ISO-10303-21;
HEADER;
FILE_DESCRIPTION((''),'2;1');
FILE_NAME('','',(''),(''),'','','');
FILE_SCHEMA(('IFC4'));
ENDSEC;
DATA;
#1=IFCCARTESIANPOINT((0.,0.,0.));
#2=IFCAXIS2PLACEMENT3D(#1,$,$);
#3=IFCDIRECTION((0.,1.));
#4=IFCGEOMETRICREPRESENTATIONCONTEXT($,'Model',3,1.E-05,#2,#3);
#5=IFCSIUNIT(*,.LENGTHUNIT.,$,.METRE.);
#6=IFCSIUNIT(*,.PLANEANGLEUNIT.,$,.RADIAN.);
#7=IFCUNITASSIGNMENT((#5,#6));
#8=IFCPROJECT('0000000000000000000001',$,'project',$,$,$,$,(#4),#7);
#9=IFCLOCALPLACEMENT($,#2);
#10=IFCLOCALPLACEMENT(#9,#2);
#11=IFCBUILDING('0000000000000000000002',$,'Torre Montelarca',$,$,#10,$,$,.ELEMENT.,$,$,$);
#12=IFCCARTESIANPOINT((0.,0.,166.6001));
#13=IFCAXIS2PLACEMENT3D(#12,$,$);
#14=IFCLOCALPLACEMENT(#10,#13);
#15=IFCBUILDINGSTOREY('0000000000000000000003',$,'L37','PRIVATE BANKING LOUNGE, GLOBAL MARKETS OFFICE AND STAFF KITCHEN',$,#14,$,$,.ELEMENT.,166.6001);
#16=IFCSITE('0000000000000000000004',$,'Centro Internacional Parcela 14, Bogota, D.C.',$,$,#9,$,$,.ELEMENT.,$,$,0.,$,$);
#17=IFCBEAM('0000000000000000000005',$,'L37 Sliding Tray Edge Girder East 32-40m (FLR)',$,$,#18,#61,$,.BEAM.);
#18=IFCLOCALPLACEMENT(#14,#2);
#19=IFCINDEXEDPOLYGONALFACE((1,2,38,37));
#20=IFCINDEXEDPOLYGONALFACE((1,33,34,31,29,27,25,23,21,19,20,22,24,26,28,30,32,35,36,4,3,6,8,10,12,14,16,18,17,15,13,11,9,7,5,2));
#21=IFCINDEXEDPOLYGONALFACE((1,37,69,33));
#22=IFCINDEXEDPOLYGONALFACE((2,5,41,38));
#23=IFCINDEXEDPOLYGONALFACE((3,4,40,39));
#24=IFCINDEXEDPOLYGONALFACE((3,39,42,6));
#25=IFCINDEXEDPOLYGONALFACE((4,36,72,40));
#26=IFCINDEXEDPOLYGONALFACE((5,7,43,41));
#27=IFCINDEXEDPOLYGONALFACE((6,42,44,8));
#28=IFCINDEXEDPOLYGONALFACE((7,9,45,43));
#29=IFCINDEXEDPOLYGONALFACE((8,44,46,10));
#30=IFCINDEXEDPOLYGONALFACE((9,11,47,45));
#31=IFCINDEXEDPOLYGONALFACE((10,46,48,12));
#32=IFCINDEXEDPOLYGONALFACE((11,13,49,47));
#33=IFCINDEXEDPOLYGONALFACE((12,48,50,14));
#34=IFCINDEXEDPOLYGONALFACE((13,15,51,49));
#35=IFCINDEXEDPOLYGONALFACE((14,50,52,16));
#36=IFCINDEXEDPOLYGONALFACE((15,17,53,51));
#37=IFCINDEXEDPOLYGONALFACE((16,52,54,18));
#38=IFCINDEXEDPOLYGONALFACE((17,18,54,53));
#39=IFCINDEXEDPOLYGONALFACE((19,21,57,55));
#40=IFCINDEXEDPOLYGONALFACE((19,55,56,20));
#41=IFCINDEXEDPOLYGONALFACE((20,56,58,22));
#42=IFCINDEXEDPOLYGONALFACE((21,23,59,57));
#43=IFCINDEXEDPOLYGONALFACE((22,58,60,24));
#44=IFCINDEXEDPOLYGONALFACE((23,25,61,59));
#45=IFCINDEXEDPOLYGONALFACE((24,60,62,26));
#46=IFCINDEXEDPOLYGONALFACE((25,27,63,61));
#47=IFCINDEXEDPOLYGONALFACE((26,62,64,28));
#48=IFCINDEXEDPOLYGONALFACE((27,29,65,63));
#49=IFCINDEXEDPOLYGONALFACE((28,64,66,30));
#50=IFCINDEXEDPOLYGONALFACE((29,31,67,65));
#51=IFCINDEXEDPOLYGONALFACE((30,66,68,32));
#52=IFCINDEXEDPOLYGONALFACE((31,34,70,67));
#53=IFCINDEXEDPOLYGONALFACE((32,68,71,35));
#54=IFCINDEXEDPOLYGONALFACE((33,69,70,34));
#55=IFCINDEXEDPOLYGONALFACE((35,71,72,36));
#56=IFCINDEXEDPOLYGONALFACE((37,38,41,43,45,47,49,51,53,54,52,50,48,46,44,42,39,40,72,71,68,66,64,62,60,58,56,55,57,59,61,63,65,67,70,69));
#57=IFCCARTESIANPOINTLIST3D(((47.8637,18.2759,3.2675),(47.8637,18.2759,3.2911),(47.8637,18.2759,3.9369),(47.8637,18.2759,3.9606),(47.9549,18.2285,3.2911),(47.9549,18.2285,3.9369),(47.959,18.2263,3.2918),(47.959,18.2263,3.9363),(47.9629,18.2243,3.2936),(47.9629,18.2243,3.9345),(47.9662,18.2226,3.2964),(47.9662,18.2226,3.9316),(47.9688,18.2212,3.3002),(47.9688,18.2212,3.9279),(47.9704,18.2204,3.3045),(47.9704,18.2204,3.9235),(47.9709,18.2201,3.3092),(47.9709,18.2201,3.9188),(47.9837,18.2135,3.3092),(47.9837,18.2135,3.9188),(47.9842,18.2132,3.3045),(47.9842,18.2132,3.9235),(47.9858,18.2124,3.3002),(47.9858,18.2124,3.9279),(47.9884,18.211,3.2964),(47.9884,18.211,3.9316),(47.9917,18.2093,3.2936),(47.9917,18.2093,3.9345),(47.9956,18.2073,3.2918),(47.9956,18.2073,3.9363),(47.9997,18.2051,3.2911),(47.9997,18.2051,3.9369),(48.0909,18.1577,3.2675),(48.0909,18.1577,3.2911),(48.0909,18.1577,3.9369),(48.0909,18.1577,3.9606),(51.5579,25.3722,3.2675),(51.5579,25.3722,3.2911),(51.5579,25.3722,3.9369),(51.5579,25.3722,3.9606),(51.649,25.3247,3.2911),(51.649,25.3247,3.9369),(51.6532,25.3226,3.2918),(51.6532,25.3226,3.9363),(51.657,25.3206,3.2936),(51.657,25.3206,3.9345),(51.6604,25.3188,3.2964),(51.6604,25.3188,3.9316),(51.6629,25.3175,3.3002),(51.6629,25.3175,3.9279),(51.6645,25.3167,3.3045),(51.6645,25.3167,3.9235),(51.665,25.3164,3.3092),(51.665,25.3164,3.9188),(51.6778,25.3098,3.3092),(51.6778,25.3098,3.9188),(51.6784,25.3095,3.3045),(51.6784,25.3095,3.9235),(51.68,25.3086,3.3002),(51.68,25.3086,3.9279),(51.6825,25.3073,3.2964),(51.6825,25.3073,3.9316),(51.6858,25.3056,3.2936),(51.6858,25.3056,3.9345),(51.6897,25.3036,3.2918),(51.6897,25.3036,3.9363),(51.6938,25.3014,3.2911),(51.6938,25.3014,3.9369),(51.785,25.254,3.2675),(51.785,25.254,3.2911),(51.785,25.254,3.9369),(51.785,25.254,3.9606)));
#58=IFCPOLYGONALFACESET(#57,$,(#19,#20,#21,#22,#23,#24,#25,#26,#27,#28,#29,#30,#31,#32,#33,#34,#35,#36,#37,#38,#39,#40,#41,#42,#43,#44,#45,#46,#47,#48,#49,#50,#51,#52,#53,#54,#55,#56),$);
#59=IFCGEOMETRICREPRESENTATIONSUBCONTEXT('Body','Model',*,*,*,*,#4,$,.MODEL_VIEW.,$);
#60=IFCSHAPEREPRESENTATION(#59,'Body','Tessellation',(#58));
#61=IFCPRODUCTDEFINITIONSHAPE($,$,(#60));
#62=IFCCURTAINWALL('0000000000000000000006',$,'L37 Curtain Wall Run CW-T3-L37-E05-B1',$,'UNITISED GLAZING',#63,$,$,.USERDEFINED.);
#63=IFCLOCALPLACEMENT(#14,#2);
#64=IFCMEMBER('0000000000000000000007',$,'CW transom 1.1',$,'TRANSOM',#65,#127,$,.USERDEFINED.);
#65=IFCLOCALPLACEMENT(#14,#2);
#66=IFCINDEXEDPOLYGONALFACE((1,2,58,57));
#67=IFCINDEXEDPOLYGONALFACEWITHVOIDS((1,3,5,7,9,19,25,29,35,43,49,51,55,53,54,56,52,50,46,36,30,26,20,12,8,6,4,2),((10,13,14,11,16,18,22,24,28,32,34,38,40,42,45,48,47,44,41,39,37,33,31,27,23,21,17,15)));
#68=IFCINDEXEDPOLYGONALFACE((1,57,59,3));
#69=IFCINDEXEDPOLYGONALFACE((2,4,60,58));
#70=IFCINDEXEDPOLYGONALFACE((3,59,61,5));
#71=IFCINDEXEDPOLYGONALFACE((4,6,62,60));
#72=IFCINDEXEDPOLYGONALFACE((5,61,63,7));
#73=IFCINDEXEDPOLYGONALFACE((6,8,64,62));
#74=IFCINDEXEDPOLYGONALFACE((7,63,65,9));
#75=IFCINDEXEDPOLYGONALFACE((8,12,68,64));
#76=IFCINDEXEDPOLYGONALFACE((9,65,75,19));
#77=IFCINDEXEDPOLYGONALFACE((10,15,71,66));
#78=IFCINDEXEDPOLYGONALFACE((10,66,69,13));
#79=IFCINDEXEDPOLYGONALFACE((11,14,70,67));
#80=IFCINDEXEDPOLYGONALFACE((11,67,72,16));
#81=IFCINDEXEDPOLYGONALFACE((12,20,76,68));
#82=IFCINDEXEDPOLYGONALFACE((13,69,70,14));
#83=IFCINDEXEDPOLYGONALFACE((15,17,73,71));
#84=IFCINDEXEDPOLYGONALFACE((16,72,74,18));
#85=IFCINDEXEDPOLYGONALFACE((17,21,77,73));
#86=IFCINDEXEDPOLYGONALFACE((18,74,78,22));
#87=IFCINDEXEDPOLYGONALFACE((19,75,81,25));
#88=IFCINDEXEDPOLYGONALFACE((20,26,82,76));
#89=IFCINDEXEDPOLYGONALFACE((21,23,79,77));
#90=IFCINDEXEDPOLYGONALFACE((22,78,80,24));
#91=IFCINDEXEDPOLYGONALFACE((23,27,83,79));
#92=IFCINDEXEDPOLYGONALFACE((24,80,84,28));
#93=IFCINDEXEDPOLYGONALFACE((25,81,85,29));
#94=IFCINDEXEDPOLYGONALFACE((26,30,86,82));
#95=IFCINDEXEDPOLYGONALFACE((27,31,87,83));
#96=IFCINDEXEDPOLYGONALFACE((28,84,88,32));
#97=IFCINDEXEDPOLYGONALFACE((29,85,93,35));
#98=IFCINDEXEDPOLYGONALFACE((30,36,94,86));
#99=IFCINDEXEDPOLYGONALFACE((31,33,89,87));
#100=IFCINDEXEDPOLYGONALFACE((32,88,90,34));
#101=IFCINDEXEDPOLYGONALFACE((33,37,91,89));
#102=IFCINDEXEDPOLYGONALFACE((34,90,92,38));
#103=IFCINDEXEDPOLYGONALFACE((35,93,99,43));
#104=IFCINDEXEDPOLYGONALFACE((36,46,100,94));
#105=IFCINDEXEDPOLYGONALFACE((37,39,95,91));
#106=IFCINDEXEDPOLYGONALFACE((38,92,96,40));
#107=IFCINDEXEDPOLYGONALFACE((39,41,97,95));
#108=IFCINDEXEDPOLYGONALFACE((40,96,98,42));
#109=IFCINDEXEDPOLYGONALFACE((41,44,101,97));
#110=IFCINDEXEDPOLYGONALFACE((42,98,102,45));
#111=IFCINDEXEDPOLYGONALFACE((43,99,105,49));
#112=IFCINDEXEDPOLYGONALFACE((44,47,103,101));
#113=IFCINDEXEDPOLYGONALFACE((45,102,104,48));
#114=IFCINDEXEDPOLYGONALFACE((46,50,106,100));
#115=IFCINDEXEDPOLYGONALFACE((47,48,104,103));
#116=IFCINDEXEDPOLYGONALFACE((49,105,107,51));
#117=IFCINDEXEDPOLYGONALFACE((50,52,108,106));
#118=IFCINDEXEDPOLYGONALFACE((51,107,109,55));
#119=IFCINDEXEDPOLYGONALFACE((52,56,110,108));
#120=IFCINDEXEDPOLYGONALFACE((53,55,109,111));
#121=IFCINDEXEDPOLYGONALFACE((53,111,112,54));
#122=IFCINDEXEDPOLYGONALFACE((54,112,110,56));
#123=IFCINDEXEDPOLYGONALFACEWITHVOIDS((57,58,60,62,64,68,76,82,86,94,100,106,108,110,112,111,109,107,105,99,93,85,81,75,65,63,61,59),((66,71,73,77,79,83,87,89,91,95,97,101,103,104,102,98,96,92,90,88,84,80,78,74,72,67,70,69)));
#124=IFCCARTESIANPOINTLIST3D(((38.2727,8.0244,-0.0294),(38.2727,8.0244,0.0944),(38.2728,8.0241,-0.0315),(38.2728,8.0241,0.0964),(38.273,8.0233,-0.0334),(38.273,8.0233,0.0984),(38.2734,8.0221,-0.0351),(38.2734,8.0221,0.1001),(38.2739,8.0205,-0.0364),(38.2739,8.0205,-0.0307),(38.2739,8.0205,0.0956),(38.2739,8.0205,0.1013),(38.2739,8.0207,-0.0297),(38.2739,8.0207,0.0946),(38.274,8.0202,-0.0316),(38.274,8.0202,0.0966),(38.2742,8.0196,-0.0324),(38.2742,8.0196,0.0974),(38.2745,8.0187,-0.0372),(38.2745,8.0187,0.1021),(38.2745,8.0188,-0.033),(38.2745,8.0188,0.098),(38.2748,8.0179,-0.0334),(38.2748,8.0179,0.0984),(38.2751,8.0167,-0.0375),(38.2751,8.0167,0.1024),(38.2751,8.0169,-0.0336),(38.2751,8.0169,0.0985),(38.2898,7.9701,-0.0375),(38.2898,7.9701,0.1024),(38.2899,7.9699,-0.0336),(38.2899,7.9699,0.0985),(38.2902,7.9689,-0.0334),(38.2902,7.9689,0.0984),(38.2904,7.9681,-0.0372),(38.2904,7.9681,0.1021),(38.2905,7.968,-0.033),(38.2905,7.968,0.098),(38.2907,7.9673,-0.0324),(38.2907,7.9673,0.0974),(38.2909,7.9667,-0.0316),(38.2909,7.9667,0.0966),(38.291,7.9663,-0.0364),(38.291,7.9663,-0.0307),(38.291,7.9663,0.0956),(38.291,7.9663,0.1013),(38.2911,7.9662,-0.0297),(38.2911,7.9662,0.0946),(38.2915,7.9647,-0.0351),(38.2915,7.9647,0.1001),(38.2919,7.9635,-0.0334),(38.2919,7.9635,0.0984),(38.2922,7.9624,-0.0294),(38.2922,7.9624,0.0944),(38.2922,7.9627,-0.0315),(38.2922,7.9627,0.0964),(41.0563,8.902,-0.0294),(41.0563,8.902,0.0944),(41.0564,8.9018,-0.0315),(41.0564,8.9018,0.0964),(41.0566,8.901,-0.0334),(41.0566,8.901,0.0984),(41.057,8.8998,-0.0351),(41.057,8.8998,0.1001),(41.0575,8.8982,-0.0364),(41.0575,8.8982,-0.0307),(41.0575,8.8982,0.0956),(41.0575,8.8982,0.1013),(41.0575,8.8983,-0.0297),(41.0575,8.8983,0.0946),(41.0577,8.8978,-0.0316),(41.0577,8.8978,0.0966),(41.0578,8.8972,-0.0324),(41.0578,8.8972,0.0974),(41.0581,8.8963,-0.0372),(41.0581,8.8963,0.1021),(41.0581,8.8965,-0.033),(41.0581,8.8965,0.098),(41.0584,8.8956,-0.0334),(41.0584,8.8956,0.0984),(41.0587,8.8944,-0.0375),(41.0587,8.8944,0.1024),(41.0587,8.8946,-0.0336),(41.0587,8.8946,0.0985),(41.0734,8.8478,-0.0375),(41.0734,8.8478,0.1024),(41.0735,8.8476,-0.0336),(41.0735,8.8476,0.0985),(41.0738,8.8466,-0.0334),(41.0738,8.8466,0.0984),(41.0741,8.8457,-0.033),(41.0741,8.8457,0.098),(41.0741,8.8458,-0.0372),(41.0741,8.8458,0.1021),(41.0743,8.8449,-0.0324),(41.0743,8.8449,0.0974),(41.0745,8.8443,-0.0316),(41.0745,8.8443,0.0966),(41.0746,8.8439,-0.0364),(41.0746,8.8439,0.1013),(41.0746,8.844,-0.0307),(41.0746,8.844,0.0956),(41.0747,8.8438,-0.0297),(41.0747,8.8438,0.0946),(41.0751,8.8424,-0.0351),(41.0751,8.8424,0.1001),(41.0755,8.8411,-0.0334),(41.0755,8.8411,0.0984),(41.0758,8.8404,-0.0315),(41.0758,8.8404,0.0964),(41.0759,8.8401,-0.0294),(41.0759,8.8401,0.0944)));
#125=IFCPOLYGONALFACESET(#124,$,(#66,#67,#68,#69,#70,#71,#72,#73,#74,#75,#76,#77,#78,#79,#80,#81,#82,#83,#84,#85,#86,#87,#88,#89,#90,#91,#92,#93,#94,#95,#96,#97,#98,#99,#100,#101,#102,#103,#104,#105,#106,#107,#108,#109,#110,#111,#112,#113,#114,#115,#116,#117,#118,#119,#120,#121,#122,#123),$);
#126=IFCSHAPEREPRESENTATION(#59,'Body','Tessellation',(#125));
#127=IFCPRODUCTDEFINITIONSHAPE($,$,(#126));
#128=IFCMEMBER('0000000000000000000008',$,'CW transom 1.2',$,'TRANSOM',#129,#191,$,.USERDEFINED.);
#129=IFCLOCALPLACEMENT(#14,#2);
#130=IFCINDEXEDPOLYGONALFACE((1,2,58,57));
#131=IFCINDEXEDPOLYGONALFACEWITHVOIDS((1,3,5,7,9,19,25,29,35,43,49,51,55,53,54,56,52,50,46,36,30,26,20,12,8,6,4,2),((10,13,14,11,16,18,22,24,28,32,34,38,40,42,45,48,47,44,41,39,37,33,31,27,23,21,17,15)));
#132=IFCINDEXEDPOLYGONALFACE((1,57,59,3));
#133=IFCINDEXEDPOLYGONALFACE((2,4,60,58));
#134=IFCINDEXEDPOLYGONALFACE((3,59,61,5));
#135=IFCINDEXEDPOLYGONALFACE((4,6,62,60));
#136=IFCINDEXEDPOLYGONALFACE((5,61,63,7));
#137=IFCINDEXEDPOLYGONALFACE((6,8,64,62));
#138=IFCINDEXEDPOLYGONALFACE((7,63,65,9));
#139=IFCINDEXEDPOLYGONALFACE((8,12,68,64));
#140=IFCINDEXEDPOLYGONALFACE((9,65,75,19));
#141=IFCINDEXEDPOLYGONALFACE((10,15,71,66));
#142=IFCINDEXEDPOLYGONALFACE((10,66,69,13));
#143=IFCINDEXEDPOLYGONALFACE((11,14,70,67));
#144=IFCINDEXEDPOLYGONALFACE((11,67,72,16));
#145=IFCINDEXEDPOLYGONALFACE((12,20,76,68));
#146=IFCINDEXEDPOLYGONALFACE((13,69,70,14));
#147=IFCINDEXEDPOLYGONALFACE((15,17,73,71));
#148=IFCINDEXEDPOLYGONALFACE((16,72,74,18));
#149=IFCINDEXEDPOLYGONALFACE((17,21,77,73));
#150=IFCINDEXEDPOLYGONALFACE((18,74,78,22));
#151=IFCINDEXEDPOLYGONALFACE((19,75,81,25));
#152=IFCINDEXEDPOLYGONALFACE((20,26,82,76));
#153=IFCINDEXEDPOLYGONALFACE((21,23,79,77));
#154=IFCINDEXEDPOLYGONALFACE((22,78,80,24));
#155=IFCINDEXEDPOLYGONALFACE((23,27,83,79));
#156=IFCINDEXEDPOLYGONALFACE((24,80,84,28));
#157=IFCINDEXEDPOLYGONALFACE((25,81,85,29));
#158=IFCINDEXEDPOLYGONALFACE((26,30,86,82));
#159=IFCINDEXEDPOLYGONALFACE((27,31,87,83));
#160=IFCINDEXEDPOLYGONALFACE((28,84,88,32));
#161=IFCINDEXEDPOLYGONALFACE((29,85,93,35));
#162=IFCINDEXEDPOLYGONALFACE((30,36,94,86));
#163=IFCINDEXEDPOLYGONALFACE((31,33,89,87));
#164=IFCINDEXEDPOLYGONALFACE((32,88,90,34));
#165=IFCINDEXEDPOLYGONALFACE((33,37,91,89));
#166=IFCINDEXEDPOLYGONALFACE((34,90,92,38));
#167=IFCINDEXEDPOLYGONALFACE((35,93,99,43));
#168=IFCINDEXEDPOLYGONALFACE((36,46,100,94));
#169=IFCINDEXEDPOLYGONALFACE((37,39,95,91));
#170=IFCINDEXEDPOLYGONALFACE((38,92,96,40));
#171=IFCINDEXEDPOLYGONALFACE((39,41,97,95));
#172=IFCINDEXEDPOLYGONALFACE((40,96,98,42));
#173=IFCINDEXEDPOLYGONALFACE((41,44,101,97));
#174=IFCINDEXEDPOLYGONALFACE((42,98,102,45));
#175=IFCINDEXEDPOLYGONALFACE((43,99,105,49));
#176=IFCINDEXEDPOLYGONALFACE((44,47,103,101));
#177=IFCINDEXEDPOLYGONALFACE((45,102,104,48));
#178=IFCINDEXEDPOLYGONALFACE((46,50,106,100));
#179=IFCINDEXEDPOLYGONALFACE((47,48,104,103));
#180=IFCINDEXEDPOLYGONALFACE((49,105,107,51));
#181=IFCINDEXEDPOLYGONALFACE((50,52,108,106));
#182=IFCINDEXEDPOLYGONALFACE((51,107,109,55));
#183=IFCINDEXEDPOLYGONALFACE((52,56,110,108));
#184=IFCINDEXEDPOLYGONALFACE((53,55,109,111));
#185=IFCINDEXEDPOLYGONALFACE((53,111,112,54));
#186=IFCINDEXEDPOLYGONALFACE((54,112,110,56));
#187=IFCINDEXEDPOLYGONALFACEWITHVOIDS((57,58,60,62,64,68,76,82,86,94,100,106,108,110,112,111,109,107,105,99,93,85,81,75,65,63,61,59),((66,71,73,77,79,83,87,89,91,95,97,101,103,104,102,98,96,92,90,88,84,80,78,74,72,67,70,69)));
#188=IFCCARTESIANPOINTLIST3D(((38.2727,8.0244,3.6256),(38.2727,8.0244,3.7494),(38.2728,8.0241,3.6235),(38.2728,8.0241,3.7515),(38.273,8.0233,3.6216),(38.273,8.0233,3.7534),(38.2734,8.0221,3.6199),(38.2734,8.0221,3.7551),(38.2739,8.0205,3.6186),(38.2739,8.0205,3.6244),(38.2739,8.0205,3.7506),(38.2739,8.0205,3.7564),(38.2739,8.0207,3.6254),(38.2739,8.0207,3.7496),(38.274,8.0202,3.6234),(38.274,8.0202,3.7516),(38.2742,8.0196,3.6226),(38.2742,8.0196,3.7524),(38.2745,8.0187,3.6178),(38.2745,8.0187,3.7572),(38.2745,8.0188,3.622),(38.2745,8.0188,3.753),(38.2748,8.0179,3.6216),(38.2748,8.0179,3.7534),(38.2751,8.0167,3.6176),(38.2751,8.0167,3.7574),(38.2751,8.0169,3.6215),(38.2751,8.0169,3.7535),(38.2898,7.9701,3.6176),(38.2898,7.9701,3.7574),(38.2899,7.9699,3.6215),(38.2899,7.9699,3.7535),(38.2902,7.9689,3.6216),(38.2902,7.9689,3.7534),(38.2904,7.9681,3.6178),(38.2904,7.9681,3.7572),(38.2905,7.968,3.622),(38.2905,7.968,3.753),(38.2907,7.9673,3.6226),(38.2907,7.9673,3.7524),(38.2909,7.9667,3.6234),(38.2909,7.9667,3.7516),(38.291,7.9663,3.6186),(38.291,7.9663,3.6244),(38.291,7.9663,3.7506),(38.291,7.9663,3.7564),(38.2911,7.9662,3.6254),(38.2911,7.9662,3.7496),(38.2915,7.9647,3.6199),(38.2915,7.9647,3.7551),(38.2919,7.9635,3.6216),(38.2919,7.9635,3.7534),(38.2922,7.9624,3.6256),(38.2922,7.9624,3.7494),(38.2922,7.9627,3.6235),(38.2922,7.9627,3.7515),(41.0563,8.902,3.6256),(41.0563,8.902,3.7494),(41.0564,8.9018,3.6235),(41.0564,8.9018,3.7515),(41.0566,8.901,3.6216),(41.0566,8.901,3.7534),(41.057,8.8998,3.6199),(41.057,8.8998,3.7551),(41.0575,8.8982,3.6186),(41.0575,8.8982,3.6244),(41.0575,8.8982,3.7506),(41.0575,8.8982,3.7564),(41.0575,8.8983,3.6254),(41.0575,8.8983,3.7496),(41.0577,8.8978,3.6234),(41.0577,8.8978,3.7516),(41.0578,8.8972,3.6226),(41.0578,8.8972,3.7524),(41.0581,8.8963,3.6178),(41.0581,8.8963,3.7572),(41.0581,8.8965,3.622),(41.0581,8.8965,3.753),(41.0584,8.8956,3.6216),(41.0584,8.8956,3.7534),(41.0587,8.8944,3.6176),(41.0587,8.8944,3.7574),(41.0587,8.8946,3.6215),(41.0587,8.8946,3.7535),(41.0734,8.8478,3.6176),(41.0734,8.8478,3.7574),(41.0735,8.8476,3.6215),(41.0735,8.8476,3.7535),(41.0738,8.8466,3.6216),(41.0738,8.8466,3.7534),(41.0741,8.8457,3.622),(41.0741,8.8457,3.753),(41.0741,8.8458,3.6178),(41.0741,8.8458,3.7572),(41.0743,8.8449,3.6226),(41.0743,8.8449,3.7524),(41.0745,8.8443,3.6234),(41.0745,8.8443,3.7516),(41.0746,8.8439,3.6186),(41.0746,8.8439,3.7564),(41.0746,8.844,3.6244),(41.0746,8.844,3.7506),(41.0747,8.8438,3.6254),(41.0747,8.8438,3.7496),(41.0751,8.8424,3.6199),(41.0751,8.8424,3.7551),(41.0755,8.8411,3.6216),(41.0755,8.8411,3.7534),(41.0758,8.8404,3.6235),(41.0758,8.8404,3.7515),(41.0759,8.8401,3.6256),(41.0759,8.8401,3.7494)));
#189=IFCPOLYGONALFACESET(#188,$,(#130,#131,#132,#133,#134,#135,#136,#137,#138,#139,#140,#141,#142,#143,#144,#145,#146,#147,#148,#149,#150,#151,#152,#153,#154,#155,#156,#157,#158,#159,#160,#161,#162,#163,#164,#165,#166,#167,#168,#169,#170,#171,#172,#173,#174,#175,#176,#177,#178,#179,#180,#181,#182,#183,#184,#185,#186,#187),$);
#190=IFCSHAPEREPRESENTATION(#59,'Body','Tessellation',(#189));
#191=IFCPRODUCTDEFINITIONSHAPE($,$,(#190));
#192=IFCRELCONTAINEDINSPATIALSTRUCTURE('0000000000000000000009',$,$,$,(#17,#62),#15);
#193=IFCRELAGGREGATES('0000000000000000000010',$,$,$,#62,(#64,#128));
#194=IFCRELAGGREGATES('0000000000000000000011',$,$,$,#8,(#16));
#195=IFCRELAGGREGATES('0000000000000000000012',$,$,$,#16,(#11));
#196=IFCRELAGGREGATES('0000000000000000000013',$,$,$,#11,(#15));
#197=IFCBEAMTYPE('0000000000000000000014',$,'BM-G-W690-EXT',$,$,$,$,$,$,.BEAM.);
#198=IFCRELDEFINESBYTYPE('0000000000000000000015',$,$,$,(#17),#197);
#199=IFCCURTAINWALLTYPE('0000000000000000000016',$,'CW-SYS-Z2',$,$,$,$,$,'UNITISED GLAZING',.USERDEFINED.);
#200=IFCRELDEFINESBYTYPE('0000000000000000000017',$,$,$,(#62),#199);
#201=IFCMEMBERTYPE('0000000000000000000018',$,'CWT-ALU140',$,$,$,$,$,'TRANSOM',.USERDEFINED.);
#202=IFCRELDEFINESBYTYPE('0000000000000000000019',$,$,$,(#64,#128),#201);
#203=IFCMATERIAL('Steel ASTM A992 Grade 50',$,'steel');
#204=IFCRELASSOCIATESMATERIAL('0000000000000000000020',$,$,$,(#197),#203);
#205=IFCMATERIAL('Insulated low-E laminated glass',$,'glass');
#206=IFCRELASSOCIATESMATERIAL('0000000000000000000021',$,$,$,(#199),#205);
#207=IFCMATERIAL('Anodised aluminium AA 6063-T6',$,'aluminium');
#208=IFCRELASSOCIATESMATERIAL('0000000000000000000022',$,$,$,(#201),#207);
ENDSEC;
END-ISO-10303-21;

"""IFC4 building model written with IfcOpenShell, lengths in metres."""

from ifc_helpers import new_model, si_unit, direction, frame, origin, origin_2d, place, context, subcontext, project, spatial, hollow_rectangle, i_section, extrude, source, transform, mapped, material, material_profile, profile_set, type_object, element, aggregate, save


model = new_model("IFC4")

# Units and contexts
model_context = context("Model", 3, precision=1e-05, world=origin(), true_north=direction((0.0, 1.0)))
body_context = subcontext(model_context, "Body", "Model", "MODEL_VIEW")
ifc_project = project(units=[si_unit("LENGTHUNIT", "METRE"), si_unit("PLANEANGLEUNIT", "RADIAN")], contexts=[model_context])

# Site, building, storey
site_placement = place(None, origin())
site = spatial("IfcSite", under=ifc_project, at=site_placement, Name="Centro Internacional Parcela 14, Bogota, D.C.", CompositionType="ELEMENT", RefElevation=0.0)
building_placement = place(site_placement, origin())
building = spatial("IfcBuilding", under=site, at=building_placement, Name="Torre Montelarca", CompositionType="ELEMENT")
storey_placement = place(building_placement, frame((0.0, 0.0, 166.6001)))
storey = spatial("IfcBuildingStorey", under=building, at=storey_placement, Name="L37", Description="PRIVATE BANKING LOUNGE, GLOBAL MARKETS OFFICE AND STAFF KITCHEN", CompositionType="ELEMENT", Elevation=166.6001)

# Beam
ifc_material_1 = material(Name="Steel ASTM A992 Grade 50", Category="steel")
ifc_material_profile_1 = material_profile(ifc_material_1, i_section(OverallWidth=0.2561, OverallDepth=0.6931, WebThickness=0.0144, FlangeThickness=0.0237, FilletRadius=0.0181, at=origin_2d()), Name="W690X170", Category="steel")
ifc_profile_set_1 = profile_set([ifc_material_profile_1], Name="Steel ASTM A992 Grade 50")
beam_type_1 = type_object("IfcBeamType", Name="BM-G-W690-EXT", PredefinedType="BEAM", material=ifc_profile_set_1)
shared_shape_1 = source(origin(), body_context, "Body", "SweptSolid", [
    extrude(i_section(OverallWidth=0.2561, OverallDepth=0.6931, WebThickness=0.0144, FlangeThickness=0.0237, FilletRadius=0.0181, at=origin_2d()), origin(), (0.0, 0.0, 1.0), 8.0002),
])
for number, where, z_axis, x_axis, name in (
    (1, (47.9773, 18.2168, 3.614), (0.461753, 0.887008, 0.0), (-0.887008, 0.461753, 0.0), "L37 Sliding Tray Edge Girder East 32-40m (FLR)"),
):
    element("IfcBeam", number, at=place(storey_placement, frame(where, z_axis=z_axis, x_axis=x_axis)), inside=storey, type_object=beam_type_1, Name=name, PredefinedType="BEAM", context=body_context, shape_type="MappedRepresentation", body=[
        mapped(shared_shape_1, transform((0.0, 0.0, 0.0), scale=1.0)),
    ])

# Curtain wall, members
ifc_material_2 = material(Name="Insulated low-E laminated glass", Category="glass")
curtain_wall_type = type_object("IfcCurtainWallType", Name="CW-SYS-Z2", ElementType="UNITISED GLAZING", PredefinedType="USERDEFINED", material=ifc_material_2)
curtain_wall_1_placement = place(storey_placement, origin())
curtain_wall_1 = element("IfcCurtainWall", 2, at=curtain_wall_1_placement, inside=storey, type_object=curtain_wall_type, Name="L37 Curtain Wall Run CW-T3-L37-E05-B1", ObjectType="UNITISED GLAZING", PredefinedType="USERDEFINED")
ifc_material_3 = material(Name="Anodised aluminium AA 6063-T6", Category="aluminium")
ifc_material_profile_2 = material_profile(ifc_material_3, hollow_rectangle(XDim=0.0649, YDim=0.1399, WallThickness=0.0039, InnerFilletRadius=0.0039, OuterFilletRadius=0.0081, at=origin_2d()), Name="ALU65X140X4", Category="aluminium")
ifc_profile_set_2 = profile_set([ifc_material_profile_2], Name="Anodised aluminium AA 6063-T6")
member_type_1 = type_object("IfcMemberType", Name="CWT-ALU140", ElementType="TRANSOM", PredefinedType="USERDEFINED", material=ifc_profile_set_2)
shared_shape_2 = source(origin(), body_context, "Body", "SweptSolid", [
    extrude(hollow_rectangle(XDim=0.0649, YDim=0.1399, WallThickness=0.0039, InnerFilletRadius=0.0039, OuterFilletRadius=0.0081, at=origin_2d()), origin(), (0.0, 0.0, 1.0), 2.9187),
])
member_1_placement = place(storey_placement, frame((38.2825, 7.9934, 0.0325), z_axis=(0.953718, 0.300703, 0.0), x_axis=(-0.300703, 0.953718, 0.0)))
member_1 = element("IfcMember", 3, at=member_1_placement, type_object=member_type_1, Name="CW transom 1.1", ObjectType="TRANSOM", PredefinedType="USERDEFINED", context=body_context, shape_type="MappedRepresentation", body=[
    mapped(shared_shape_2, transform((0.0, 0.0, 0.0), scale=1.0)),
])
member_2_placement = place(storey_placement, frame((38.2825, 7.9934, 3.6875), z_axis=(0.953718, 0.300703, 0.0), x_axis=(-0.300703, 0.953718, 0.0)))
member_2 = element("IfcMember", 4, at=member_2_placement, type_object=member_type_1, Name="CW transom 1.2", ObjectType="TRANSOM", PredefinedType="USERDEFINED", context=body_context, shape_type="MappedRepresentation", body=[
    mapped(shared_shape_2, transform((0.0, 0.0, 0.0), scale=1.0)),
])

aggregate(curtain_wall_1, [member_1, member_2])

save(model, "model.ifc")
